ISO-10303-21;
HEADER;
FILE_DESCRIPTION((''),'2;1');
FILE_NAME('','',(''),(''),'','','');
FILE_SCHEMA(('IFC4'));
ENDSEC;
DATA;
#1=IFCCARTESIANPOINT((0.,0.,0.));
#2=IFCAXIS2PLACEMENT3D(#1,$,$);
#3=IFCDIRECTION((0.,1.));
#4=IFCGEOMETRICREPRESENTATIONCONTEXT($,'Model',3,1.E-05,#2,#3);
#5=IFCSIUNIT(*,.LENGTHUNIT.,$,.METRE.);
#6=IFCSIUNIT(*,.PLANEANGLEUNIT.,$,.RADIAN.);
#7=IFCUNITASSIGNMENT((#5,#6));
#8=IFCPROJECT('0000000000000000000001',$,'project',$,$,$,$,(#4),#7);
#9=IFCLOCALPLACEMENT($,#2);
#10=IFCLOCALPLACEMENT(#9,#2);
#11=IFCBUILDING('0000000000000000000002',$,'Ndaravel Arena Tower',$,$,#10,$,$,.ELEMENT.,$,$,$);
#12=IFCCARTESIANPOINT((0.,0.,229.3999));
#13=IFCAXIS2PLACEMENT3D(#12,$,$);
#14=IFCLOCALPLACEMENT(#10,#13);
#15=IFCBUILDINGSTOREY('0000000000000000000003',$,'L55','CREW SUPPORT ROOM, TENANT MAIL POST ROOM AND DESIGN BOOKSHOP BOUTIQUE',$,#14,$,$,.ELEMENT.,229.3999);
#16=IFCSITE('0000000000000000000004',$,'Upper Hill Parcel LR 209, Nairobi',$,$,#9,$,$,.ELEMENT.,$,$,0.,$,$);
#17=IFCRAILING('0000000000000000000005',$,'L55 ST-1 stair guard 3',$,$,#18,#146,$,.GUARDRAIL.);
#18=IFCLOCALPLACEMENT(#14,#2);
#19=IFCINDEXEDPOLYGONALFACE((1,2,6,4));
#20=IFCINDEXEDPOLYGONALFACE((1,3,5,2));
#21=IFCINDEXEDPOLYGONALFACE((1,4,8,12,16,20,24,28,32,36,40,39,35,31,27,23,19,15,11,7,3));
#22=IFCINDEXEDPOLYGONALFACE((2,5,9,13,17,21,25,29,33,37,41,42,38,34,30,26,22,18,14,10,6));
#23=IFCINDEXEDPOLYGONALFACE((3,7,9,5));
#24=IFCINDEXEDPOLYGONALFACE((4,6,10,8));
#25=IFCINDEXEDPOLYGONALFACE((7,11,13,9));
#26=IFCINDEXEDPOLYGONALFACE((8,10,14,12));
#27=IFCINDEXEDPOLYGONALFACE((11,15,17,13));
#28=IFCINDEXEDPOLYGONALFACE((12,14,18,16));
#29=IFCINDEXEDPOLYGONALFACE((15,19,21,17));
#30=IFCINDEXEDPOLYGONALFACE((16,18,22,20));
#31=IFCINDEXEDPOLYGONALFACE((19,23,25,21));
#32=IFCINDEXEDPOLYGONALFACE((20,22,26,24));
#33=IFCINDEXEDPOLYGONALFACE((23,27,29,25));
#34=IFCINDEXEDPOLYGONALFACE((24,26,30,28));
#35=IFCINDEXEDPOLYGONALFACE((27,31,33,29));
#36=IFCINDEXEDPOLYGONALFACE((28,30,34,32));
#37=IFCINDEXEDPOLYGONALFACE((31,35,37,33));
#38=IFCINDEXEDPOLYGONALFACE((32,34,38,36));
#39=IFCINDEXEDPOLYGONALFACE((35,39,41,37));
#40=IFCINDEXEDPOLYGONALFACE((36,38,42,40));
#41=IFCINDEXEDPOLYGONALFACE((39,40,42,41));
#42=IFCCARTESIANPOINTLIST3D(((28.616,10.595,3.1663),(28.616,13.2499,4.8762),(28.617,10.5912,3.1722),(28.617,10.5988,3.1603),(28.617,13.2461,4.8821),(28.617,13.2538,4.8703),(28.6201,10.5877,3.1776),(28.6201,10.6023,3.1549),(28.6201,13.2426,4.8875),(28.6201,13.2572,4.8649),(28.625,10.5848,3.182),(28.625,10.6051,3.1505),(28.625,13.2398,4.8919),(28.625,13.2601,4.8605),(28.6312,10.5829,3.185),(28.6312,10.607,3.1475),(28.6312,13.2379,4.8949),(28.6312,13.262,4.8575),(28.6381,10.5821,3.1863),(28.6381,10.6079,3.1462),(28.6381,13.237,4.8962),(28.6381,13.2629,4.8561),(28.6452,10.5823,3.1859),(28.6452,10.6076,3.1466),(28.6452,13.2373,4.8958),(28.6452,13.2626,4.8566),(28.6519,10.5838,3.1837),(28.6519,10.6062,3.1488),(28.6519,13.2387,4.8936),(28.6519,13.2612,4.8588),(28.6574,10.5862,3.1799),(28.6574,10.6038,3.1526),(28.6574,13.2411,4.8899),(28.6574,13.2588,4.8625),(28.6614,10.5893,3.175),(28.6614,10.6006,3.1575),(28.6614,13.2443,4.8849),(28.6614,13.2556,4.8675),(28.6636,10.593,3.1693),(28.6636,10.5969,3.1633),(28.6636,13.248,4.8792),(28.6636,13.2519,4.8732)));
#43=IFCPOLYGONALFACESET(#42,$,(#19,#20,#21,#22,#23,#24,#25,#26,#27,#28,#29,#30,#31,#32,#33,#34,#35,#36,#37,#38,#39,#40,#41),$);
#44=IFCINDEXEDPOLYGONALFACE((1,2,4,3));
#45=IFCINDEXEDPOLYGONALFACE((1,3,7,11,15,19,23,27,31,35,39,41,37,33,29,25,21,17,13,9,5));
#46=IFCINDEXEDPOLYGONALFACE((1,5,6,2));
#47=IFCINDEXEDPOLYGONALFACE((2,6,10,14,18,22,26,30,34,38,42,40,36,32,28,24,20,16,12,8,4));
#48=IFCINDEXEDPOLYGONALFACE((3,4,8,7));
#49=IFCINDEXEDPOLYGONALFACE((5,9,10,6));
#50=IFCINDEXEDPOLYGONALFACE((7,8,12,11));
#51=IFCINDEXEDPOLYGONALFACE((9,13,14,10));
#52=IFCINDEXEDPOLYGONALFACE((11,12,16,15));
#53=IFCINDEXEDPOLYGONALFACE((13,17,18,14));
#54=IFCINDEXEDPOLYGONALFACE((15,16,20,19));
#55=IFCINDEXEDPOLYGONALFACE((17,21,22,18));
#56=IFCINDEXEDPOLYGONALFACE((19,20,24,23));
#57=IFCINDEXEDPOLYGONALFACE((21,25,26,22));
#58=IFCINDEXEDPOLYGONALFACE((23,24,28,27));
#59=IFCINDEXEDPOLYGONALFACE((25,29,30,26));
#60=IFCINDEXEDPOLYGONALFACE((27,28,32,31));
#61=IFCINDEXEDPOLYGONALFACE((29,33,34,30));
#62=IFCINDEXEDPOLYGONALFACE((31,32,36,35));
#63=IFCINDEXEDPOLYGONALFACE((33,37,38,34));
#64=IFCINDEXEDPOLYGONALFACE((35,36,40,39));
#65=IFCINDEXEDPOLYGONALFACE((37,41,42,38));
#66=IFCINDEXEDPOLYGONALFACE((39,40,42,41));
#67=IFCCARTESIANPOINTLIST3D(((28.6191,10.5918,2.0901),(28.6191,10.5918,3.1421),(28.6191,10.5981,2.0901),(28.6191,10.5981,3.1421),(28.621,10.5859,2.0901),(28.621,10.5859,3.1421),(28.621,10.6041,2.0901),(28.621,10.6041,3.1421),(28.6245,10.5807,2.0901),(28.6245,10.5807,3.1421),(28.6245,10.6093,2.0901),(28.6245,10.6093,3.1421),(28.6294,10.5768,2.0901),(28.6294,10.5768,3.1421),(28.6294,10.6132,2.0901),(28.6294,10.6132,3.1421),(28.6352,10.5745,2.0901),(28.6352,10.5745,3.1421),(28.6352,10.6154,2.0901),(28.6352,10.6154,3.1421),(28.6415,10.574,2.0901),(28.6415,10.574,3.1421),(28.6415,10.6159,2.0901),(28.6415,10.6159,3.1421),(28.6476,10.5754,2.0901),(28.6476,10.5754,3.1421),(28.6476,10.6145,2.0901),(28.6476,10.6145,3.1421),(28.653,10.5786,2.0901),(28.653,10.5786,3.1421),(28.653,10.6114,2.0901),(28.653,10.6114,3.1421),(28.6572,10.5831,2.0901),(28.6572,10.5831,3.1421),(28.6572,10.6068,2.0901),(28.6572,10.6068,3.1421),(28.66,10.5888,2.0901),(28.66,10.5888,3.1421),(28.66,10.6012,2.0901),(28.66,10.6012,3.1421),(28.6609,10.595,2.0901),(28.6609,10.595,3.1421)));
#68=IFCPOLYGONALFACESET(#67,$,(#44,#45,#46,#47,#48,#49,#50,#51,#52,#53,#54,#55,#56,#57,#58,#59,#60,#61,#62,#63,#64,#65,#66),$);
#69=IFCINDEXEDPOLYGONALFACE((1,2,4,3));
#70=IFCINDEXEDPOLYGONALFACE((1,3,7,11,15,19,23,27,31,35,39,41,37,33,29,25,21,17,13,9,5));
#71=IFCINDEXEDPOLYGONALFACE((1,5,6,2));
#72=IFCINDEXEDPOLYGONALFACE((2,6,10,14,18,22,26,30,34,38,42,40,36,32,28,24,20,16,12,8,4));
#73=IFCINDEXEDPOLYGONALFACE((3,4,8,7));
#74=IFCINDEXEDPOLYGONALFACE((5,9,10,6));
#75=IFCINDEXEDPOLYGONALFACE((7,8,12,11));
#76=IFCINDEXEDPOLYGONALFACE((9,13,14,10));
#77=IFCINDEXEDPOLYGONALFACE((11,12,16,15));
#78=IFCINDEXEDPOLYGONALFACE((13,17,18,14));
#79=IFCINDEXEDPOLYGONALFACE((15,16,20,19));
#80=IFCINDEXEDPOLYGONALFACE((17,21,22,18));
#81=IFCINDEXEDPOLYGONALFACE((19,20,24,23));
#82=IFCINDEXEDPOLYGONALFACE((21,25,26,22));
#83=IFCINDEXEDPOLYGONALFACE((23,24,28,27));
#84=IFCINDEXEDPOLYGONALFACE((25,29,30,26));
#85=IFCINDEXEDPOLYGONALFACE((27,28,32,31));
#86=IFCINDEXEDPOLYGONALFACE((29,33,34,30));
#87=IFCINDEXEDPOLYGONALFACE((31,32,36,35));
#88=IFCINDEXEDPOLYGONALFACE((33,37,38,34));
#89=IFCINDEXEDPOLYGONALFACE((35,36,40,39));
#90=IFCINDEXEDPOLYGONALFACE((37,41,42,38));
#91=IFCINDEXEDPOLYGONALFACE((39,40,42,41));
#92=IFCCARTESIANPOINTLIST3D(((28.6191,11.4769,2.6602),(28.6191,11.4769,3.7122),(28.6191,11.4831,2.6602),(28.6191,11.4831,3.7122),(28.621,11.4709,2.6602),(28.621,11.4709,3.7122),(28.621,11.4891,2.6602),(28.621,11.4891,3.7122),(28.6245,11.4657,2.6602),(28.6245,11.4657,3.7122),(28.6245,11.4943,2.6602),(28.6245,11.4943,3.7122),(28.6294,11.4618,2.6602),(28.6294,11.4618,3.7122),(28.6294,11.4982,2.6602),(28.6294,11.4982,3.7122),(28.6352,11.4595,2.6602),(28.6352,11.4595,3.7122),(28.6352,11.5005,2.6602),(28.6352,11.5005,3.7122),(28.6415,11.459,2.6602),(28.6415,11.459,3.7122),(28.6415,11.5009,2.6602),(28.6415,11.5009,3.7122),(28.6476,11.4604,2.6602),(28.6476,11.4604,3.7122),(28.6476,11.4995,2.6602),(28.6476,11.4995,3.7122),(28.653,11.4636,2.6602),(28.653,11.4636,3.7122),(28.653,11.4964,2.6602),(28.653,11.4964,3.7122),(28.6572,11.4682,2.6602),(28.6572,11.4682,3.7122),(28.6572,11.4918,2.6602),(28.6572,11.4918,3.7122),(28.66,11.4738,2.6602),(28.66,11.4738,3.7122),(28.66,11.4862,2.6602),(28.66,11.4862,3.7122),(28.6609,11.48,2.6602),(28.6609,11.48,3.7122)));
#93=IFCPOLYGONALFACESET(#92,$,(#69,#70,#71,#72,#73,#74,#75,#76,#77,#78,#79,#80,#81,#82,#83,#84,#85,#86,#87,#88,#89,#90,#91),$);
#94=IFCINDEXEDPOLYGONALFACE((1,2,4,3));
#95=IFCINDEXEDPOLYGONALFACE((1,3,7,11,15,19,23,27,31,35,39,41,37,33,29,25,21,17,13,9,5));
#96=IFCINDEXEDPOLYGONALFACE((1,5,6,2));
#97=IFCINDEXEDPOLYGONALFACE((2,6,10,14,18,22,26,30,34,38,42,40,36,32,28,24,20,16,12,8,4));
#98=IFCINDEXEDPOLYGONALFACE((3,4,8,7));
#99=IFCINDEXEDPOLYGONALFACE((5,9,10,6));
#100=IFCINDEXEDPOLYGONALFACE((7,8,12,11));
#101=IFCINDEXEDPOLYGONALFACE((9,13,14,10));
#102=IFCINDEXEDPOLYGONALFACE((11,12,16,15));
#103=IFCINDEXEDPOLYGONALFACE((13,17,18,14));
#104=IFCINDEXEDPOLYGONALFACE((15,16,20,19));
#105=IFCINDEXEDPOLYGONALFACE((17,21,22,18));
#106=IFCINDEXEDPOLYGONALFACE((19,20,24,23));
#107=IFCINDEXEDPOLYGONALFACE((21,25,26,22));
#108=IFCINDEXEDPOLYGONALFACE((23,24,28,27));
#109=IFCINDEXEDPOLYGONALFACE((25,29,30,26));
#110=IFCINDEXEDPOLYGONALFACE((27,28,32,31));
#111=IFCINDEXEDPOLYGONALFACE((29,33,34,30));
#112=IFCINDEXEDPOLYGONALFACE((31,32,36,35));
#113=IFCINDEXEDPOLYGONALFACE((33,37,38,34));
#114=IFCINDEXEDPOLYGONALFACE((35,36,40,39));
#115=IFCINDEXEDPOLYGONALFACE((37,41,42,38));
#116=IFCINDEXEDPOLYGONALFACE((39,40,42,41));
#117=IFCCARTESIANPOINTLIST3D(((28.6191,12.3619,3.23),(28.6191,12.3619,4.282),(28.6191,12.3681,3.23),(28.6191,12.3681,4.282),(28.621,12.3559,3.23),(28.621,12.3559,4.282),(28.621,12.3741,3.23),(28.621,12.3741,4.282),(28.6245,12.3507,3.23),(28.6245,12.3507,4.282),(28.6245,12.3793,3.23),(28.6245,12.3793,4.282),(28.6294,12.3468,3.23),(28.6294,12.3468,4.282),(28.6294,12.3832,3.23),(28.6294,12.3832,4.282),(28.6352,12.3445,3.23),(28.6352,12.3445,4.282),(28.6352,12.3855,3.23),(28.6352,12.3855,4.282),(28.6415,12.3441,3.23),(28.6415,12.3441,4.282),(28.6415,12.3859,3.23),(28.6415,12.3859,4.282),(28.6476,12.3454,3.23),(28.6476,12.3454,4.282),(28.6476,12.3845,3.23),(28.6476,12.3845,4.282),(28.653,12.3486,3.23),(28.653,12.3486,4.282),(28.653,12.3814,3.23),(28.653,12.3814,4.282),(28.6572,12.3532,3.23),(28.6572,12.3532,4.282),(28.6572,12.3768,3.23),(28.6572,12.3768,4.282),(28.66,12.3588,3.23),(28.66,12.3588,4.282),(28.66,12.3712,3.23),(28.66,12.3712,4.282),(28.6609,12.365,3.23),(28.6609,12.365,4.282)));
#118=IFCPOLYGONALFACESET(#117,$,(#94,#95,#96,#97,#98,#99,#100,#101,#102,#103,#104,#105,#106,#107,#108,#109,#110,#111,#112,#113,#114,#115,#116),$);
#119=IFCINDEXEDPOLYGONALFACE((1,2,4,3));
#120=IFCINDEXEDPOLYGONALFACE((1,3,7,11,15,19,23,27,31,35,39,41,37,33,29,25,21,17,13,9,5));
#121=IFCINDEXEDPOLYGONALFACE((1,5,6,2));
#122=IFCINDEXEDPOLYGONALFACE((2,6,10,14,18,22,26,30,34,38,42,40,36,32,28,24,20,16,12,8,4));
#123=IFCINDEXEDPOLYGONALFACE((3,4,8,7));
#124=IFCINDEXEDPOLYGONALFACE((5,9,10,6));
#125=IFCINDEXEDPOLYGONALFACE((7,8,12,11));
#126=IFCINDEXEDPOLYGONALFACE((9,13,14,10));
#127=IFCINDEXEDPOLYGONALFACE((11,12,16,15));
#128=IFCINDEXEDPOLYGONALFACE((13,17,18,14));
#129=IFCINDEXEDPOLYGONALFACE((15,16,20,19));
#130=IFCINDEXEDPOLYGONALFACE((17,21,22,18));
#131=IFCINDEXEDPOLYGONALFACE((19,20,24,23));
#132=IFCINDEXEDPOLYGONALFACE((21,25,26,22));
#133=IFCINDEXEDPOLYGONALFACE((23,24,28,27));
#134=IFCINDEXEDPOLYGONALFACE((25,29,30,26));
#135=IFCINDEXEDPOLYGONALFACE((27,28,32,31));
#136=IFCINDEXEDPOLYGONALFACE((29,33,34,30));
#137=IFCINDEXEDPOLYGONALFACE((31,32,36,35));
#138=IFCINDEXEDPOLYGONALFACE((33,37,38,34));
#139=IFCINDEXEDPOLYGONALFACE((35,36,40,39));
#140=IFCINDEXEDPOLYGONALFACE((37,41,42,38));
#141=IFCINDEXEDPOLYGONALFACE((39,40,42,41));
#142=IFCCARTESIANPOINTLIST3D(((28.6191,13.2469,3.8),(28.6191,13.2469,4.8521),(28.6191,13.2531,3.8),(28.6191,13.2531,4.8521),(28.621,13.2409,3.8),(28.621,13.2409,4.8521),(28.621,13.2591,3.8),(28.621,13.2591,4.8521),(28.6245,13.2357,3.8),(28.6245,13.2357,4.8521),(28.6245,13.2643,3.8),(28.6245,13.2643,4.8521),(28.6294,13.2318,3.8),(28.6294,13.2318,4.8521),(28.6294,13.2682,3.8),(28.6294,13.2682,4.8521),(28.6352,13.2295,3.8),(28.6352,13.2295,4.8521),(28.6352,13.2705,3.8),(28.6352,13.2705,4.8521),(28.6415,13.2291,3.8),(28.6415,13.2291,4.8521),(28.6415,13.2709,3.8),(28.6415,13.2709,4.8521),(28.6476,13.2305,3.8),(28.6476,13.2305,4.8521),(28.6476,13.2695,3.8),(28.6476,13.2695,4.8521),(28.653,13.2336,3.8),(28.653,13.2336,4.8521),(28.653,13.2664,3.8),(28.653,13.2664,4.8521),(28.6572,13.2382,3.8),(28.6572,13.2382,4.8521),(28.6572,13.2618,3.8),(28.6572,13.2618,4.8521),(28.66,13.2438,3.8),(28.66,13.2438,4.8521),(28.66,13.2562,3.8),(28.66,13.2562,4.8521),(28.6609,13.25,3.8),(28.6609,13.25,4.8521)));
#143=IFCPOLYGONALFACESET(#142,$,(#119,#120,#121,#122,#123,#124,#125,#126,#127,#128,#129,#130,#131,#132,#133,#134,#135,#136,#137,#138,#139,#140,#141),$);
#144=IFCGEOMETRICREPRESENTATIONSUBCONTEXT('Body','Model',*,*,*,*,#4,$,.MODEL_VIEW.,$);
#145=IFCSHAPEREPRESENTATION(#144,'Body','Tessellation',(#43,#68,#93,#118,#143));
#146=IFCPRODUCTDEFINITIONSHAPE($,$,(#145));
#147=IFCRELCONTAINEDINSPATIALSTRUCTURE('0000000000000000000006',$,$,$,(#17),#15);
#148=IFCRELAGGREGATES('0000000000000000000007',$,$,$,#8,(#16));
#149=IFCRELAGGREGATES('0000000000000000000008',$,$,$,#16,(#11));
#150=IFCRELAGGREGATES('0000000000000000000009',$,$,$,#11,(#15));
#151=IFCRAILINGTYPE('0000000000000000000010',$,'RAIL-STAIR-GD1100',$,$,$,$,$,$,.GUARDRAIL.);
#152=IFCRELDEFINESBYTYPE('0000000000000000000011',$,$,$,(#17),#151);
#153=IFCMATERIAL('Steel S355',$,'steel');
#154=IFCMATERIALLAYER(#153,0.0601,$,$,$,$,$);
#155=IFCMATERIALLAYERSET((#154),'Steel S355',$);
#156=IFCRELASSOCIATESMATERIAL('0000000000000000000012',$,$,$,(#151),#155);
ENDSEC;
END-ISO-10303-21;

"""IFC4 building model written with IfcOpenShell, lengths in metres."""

from ifc_helpers import new_model, si_unit, direction, frame, origin, origin_2d, place, context, subcontext, project, spatial, circle, extrude, material, layer, layer_set, type_object, element, save


model = new_model("IFC4")

# Units and contexts
model_context = context("Model", 3, precision=1e-05, world=origin(), true_north=direction((0.0, 1.0)))
body_context = subcontext(model_context, "Body", "Model", "MODEL_VIEW")
ifc_project = project(units=[si_unit("LENGTHUNIT", "METRE"), si_unit("PLANEANGLEUNIT", "RADIAN")], contexts=[model_context])

# Site, building, storey
site_placement = place(None, origin())
site = spatial("IfcSite", under=ifc_project, at=site_placement, Name="Upper Hill Parcel LR 209, Nairobi", CompositionType="ELEMENT", RefElevation=0.0)
building_placement = place(site_placement, origin())
building = spatial("IfcBuilding", under=site, at=building_placement, Name="Ndaravel Arena Tower", CompositionType="ELEMENT")
storey_placement = place(building_placement, frame((0.0, 0.0, 229.3999)))
storey = spatial("IfcBuildingStorey", under=building, at=storey_placement, Name="L55", Description="CREW SUPPORT ROOM, TENANT MAIL POST ROOM AND DESIGN BOOKSHOP BOUTIQUE", CompositionType="ELEMENT", Elevation=229.3999)

# Railing
ifc_material_1 = material(Name="Steel S355", Category="steel")
ifc_layer_1 = layer(ifc_material_1, 0.0601)
ifc_layer_set_1 = layer_set([ifc_layer_1], Name="Steel S355")
railing_type_1 = type_object("IfcRailingType", Name="RAIL-STAIR-GD1100", PredefinedType="GUARDRAIL", material=ifc_layer_set_1)
railing_1_placement = place(storey_placement, frame((28.6399, 10.595, 2.0901)))
element("IfcRailing", 1, at=railing_1_placement, inside=storey, type_object=railing_type_1, Name="L55 ST-1 stair guard 3", PredefinedType="GUARDRAIL", context=body_context, shape_type="SweptSolid", body=[
    extrude(circle(Radius=0.0239, at=origin_2d()), frame((0.0, 0.0, 1.0762), z_axis=(0.0, 0.840724, 0.541465), x_axis=(-1.0, 0.0, 0.0)), (0.0, 0.0, 1.0), 3.158),
    extrude(circle(Radius=0.021, at=origin_2d()), origin(), (0.0, 0.0, 1.0), 1.052),
    extrude(circle(Radius=0.021, at=origin_2d()), frame((0.0, 0.885, 0.5701)), (0.0, 0.0, 1.0), 1.052),
    extrude(circle(Radius=0.021, at=origin_2d()), frame((0.0, 1.77, 1.1399)), (0.0, 0.0, 1.0), 1.052),
    extrude(circle(Radius=0.021, at=origin_2d()), frame((0.0, 2.655, 1.71)), (0.0, 0.0, 1.0), 1.052),
])

save(model, "model.ifc")
